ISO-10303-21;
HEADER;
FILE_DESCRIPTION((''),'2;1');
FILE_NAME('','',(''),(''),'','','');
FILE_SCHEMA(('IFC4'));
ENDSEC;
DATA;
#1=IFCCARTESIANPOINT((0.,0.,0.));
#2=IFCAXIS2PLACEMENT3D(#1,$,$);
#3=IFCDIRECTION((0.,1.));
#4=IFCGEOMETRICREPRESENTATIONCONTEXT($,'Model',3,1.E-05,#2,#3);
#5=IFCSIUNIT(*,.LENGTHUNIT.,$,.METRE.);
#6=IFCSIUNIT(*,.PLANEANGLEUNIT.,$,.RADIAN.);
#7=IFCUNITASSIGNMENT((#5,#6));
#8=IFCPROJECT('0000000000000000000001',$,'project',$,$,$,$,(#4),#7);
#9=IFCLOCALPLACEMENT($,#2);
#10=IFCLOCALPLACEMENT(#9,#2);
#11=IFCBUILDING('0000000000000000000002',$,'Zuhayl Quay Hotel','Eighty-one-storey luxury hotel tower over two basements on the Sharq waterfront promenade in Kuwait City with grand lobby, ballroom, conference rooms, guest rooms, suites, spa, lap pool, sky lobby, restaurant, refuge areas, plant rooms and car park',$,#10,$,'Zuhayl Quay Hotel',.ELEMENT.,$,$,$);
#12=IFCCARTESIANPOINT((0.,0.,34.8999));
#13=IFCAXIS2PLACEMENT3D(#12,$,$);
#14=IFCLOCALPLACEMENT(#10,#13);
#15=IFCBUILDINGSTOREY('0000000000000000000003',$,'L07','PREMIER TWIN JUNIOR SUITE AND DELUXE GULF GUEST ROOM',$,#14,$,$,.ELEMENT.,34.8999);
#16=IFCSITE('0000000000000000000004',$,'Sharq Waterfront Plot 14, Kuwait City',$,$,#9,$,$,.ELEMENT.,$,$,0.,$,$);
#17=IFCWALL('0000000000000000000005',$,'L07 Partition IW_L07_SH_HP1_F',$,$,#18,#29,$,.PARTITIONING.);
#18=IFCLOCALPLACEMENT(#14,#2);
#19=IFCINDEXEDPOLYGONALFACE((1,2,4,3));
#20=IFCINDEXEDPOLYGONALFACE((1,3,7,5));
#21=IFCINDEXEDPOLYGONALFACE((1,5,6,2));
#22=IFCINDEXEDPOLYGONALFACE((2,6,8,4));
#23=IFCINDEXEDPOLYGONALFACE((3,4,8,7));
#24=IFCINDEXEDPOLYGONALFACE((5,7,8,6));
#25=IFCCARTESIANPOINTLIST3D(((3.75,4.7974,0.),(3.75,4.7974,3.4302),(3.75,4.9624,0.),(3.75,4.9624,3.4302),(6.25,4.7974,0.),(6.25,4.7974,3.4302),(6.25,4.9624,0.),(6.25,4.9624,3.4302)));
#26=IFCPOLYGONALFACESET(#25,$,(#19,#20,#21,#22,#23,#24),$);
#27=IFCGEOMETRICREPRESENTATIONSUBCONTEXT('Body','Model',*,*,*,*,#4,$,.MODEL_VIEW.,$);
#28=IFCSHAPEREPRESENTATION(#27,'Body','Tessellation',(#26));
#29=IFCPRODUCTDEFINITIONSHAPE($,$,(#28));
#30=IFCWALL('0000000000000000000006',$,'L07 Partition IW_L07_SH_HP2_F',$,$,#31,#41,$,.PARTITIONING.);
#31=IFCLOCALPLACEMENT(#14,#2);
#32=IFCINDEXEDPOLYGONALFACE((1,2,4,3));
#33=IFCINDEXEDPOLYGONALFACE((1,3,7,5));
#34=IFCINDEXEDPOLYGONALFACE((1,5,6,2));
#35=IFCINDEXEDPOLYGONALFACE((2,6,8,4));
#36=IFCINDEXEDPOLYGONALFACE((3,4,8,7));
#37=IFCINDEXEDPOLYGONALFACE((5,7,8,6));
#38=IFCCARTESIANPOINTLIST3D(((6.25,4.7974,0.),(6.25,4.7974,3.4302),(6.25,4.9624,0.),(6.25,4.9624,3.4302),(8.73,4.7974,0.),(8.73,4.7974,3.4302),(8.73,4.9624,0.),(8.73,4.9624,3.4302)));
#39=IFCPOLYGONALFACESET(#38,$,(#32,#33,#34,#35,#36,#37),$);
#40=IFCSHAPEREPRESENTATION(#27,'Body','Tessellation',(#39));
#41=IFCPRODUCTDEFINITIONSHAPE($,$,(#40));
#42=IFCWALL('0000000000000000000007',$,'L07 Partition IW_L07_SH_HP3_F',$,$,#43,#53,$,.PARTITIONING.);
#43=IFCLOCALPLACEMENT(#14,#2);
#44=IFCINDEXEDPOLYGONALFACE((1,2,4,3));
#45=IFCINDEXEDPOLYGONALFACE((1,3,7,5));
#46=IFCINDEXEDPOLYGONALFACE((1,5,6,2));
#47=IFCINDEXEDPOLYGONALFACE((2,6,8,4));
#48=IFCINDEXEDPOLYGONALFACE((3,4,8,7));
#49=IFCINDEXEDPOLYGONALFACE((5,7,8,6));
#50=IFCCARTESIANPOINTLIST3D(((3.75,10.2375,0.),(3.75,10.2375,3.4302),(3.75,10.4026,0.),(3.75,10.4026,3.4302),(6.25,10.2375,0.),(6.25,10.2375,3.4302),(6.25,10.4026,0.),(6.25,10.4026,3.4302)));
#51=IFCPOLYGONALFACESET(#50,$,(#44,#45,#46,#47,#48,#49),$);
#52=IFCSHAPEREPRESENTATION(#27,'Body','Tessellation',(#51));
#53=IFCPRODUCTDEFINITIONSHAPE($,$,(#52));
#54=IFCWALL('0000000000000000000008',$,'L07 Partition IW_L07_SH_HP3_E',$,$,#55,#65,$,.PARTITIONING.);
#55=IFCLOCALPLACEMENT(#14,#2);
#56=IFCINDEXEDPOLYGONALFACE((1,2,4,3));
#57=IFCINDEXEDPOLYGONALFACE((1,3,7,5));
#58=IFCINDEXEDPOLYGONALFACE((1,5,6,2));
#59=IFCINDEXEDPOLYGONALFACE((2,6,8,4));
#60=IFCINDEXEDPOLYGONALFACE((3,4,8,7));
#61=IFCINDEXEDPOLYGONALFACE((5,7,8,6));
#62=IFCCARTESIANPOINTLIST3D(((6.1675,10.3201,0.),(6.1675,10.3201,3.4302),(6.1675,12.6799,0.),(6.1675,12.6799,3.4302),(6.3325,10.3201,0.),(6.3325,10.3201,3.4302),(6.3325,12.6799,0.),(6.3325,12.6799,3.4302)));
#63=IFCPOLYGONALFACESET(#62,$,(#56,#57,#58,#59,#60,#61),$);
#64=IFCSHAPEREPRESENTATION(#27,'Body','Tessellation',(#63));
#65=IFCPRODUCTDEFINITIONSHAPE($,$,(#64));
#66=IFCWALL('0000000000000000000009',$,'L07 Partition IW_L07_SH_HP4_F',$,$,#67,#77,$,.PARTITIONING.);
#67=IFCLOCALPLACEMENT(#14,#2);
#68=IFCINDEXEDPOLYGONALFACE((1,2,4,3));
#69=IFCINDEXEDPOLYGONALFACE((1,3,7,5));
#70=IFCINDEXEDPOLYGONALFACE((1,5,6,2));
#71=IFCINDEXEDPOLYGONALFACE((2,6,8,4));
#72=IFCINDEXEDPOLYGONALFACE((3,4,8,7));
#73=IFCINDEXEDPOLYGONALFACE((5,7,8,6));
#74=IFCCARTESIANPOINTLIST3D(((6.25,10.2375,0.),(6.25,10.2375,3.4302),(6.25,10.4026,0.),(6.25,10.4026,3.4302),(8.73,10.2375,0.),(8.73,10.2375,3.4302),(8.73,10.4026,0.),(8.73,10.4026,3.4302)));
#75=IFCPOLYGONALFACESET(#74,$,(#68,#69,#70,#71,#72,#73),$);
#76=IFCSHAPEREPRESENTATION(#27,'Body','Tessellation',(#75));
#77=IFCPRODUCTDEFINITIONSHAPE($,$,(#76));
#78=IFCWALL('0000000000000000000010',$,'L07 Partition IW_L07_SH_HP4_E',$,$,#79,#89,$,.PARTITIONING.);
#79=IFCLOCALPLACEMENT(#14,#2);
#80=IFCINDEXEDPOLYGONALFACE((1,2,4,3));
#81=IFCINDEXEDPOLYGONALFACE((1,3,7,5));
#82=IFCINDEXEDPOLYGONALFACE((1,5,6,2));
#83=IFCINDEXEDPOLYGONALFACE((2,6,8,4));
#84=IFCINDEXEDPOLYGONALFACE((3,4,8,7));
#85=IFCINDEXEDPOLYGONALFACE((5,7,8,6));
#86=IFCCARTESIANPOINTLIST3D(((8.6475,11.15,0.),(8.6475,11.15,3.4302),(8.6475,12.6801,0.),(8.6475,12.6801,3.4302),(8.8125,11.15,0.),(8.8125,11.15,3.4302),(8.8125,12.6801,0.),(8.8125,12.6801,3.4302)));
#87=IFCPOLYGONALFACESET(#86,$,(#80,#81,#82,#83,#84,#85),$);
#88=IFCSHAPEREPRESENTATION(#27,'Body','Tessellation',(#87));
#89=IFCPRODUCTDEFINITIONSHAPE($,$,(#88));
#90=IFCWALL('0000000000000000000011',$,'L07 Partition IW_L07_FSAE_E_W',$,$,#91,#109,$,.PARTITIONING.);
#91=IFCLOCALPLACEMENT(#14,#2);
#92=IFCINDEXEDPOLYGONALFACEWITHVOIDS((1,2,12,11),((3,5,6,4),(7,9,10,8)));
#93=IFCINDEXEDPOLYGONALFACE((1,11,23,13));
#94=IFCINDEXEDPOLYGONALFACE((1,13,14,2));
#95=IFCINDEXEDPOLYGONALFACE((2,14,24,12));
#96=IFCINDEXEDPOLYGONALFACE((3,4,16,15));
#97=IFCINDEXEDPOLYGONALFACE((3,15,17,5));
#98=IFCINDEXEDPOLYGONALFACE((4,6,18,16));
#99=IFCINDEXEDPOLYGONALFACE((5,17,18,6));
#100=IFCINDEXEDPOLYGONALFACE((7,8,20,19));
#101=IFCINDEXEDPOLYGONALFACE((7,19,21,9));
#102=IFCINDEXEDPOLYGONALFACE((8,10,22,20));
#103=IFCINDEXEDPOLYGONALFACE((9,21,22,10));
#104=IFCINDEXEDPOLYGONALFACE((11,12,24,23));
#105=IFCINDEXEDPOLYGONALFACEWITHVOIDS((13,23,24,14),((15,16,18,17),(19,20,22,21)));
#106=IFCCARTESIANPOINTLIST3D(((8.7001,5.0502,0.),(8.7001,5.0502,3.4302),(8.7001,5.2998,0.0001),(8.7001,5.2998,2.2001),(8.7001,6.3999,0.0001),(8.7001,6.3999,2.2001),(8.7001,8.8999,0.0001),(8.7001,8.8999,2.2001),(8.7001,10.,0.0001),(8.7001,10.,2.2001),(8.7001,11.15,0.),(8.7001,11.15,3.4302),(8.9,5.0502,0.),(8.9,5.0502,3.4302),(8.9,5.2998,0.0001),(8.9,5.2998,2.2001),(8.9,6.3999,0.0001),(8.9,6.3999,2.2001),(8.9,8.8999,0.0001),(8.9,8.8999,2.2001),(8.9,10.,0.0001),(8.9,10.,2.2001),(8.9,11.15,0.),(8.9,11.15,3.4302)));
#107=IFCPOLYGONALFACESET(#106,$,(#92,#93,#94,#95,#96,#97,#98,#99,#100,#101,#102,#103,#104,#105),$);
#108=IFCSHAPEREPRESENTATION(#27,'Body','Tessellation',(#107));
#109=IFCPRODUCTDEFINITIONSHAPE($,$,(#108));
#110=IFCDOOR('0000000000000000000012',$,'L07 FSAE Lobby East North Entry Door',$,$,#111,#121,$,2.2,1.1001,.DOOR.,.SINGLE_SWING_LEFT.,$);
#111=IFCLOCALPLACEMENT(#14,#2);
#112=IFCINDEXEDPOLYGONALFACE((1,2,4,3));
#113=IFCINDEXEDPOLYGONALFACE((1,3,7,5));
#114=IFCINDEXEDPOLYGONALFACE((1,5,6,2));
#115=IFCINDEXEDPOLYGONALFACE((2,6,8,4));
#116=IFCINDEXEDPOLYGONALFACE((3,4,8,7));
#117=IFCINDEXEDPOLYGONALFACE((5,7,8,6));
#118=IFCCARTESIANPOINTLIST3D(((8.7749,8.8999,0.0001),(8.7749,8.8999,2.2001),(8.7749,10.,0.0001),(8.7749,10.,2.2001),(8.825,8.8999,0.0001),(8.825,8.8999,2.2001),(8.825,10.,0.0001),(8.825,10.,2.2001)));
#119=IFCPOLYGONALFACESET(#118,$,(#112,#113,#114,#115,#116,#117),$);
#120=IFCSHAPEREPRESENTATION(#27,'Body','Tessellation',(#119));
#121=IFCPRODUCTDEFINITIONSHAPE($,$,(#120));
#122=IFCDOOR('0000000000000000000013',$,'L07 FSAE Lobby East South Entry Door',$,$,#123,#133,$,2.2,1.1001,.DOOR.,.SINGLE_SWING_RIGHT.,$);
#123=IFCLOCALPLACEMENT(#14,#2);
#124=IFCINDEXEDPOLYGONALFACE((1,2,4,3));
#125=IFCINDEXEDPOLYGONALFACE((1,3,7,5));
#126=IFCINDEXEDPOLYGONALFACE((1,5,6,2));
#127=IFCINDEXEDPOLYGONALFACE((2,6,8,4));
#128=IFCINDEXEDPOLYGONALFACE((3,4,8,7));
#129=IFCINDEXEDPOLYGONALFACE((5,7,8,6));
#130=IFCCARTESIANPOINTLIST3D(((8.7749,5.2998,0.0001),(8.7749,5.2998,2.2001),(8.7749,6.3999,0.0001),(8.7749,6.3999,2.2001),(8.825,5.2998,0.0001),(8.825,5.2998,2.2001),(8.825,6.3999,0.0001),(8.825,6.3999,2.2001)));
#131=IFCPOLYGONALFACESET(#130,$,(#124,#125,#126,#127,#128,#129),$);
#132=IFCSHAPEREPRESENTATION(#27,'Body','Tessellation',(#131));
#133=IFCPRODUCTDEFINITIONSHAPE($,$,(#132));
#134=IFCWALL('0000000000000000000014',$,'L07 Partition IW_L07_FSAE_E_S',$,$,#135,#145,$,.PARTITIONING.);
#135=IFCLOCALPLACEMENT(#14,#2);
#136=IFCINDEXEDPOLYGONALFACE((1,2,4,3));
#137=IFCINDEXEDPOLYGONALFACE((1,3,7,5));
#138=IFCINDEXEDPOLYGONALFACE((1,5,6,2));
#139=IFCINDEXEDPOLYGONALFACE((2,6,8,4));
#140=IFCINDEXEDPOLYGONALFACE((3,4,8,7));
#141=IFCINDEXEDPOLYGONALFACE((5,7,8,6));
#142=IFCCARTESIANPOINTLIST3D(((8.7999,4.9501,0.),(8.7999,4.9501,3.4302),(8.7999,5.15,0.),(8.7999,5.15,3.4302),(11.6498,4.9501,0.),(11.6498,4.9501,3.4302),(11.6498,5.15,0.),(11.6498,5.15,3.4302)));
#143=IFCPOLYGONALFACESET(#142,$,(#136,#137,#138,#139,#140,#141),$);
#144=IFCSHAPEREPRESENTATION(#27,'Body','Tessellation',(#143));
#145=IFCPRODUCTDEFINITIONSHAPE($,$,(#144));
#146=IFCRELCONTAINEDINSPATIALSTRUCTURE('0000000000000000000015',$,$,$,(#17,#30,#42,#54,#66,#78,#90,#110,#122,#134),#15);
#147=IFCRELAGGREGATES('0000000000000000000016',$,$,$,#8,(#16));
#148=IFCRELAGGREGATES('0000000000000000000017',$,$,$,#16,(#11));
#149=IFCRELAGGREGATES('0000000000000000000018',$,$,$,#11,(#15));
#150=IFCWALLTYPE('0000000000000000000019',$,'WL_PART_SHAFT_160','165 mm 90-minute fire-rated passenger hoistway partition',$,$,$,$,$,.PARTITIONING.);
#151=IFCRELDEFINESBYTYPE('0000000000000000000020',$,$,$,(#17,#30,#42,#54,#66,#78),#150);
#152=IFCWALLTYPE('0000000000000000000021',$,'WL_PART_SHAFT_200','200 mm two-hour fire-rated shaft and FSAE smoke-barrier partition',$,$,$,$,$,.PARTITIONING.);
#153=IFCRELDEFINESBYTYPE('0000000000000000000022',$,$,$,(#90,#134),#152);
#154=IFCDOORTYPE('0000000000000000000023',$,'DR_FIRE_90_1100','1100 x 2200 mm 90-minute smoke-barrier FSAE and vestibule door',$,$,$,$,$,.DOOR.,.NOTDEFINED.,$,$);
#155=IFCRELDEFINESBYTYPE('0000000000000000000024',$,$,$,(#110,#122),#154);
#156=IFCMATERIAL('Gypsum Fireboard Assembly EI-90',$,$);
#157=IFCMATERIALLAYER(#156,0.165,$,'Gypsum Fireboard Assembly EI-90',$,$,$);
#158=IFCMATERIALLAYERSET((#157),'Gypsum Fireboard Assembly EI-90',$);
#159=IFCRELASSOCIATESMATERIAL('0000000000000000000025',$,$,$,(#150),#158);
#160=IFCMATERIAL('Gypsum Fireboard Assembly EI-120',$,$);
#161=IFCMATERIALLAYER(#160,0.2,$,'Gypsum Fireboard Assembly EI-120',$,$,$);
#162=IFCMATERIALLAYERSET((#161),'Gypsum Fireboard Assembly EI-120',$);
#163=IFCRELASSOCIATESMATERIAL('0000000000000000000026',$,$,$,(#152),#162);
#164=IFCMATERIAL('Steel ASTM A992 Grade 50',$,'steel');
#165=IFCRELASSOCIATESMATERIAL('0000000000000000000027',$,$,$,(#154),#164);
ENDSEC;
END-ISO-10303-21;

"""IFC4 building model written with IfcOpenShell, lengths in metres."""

from ifc_helpers import new_model, si_unit, direction, frame, frame_2d, origin, place, context, subcontext, project, spatial, rectangle, extrude, material, layer, layer_set, type_object, element, fill, save


model = new_model("IFC4")

# Units and contexts
model_context = context("Model", 3, precision=1e-05, world=origin(), true_north=direction((0.0, 1.0)))
body_context = subcontext(model_context, "Body", "Model", "MODEL_VIEW")
ifc_project = project(units=[si_unit("LENGTHUNIT", "METRE"), si_unit("PLANEANGLEUNIT", "RADIAN")], contexts=[model_context])

# Site, building, storey
site_placement = place(None, origin())
site = spatial("IfcSite", under=ifc_project, at=site_placement, Name="Sharq Waterfront Plot 14, Kuwait City", CompositionType="ELEMENT", RefElevation=0.0)
building_placement = place(site_placement, origin())
building = spatial("IfcBuilding", under=site, at=building_placement, Name="Zuhayl Quay Hotel", Description="Eighty-one-storey luxury hotel tower over two basements on the Sharq waterfront promenade in Kuwait City with grand lobby, ballroom, conference rooms, guest rooms, suites, spa, lap pool, sky lobby, restaurant, refuge areas, plant rooms and car park", LongName="Zuhayl Quay Hotel", CompositionType="ELEMENT")
storey_placement = place(building_placement, frame((0.0, 0.0, 34.8999)))
storey = spatial("IfcBuildingStorey", under=building, at=storey_placement, Name="L07", Description="PREMIER TWIN JUNIOR SUITE AND DELUXE GULF GUEST ROOM", CompositionType="ELEMENT", Elevation=34.8999)

# Shared definitions
ifc_material_1 = material(Name="Steel ASTM A992 Grade 50", Category="steel")

# Shared definitions
ifc_material_2 = material(Name="Gypsum Fireboard Assembly EI-90")
ifc_layer_1 = layer(ifc_material_2, 0.165, Name="Gypsum Fireboard Assembly EI-90")
ifc_layer_set_1 = layer_set([ifc_layer_1], Name="Gypsum Fireboard Assembly EI-90")
wall_type_1 = type_object("IfcWallType", Name="WL_PART_SHAFT_160", Description="165 mm 90-minute fire-rated passenger hoistway partition", PredefinedType="PARTITIONING", material=ifc_layer_set_1)

# Walls
wall_1_placement = place(storey_placement, frame((3.75, 4.8799, 0.0), z_axis=(0.0, 0.0, 1.0), x_axis=(1.0, 0.0, 0.0)))
element("IfcWall", 1, at=wall_1_placement, inside=storey, type_object=wall_type_1, Name="L07 Partition IW_L07_SH_HP1_F", PredefinedType="PARTITIONING", context=body_context, shape_type="SweptSolid", body=[
    extrude(rectangle(XDim=2.5, YDim=0.165, at=frame_2d((1.25, 0.0))), origin(), (0.0, 0.0, 1.0), 3.4302),
])
wall_2_placement = place(storey_placement, frame((6.25, 4.8799, 0.0), z_axis=(0.0, 0.0, 1.0), x_axis=(1.0, 0.0, 0.0)))
element("IfcWall", 2, at=wall_2_placement, inside=storey, type_object=wall_type_1, Name="L07 Partition IW_L07_SH_HP2_F", PredefinedType="PARTITIONING", context=body_context, shape_type="SweptSolid", body=[
    extrude(rectangle(XDim=2.48, YDim=0.165, at=frame_2d((1.24, 0.0))), origin(), (0.0, 0.0, 1.0), 3.4302),
])
wall_3_placement = place(storey_placement, frame((3.75, 10.3201, 0.0), z_axis=(0.0, 0.0, 1.0), x_axis=(1.0, 0.0, 0.0)))
element("IfcWall", 3, at=wall_3_placement, inside=storey, type_object=wall_type_1, Name="L07 Partition IW_L07_SH_HP3_F", PredefinedType="PARTITIONING", context=body_context, shape_type="SweptSolid", body=[
    extrude(rectangle(XDim=2.5, YDim=0.165, at=frame_2d((1.25, 0.0))), origin(), (0.0, 0.0, 1.0), 3.4302),
])
wall_4_placement = place(storey_placement, frame((6.25, 10.3201, 0.0), z_axis=(0.0, 0.0, 1.0), x_axis=(0.0, 1.0, 0.0)))
element("IfcWall", 4, at=wall_4_placement, inside=storey, type_object=wall_type_1, Name="L07 Partition IW_L07_SH_HP3_E", PredefinedType="PARTITIONING", context=body_context, shape_type="SweptSolid", body=[
    extrude(rectangle(XDim=2.3599, YDim=0.165, at=frame_2d((1.1799, 0.0))), origin(), (0.0, 0.0, 1.0), 3.4302),
])
wall_5_placement = place(storey_placement, frame((6.25, 10.3201, 0.0), z_axis=(0.0, 0.0, 1.0), x_axis=(1.0, 0.0, 0.0)))
element("IfcWall", 5, at=wall_5_placement, inside=storey, type_object=wall_type_1, Name="L07 Partition IW_L07_SH_HP4_F", PredefinedType="PARTITIONING", context=body_context, shape_type="SweptSolid", body=[
    extrude(rectangle(XDim=2.48, YDim=0.165, at=frame_2d((1.24, 0.0))), origin(), (0.0, 0.0, 1.0), 3.4302),
])
wall_6_placement = place(storey_placement, frame((8.73, 11.1499, 0.0), z_axis=(0.0, 0.0, 1.0), x_axis=(0.0, 1.0, 0.0)))
element("IfcWall", 6, at=wall_6_placement, inside=storey, type_object=wall_type_1, Name="L07 Partition IW_L07_SH_HP4_E", PredefinedType="PARTITIONING", context=body_context, shape_type="SweptSolid", body=[
    extrude(rectangle(XDim=1.53, YDim=0.165, at=frame_2d((0.7651, 0.0))), origin(), (0.0, 0.0, 1.0), 3.4302),
])

# Wall, openings, doors
ifc_material_3 = material(Name="Gypsum Fireboard Assembly EI-120")
ifc_layer_2 = layer(ifc_material_3, 0.2, Name="Gypsum Fireboard Assembly EI-120")
ifc_layer_set_2 = layer_set([ifc_layer_2], Name="Gypsum Fireboard Assembly EI-120")
wall_type_2 = type_object("IfcWallType", Name="WL_PART_SHAFT_200", Description="200 mm two-hour fire-rated shaft and FSAE smoke-barrier partition", PredefinedType="PARTITIONING", material=ifc_layer_set_2)
wall_7_placement = place(storey_placement, frame((8.8, 11.1499, 0.0), z_axis=(0.0, 0.0, 1.0), x_axis=(0.0, -1.0, 0.0)))
wall_7 = element("IfcWall", 7, at=wall_7_placement, inside=storey, type_object=wall_type_2, Name="L07 Partition IW_L07_FSAE_E_W", PredefinedType="PARTITIONING", context=body_context, shape_type="SweptSolid", body=[
    extrude(rectangle(XDim=6.0999, YDim=0.2, at=frame_2d((3.0498, 0.0))), origin(), (0.0, 0.0, 1.0), 3.4302),
])
opening_1_placement = place(wall_7_placement, frame((1.1499, 0.0, 0.0)))
opening_1 = element("IfcOpeningElement", 8, at=opening_1_placement, cuts=wall_7, PredefinedType="OPENING", context=body_context, shape_type="SweptSolid", body=[
    extrude(rectangle(XDim=1.1001, YDim=2.2, at=frame_2d((0.55, 1.1001))), frame((0.0, 0.1099, 0.0), z_axis=(0.0, -1.0, 0.0), x_axis=(1.0, 0.0, 0.0)), (0.0, 0.0, 1.0), 0.22),
])
opening_2_placement = place(wall_7_placement, frame((4.75, 0.0, 0.0)))
opening_2 = element("IfcOpeningElement", 9, at=opening_2_placement, cuts=wall_7, PredefinedType="OPENING", context=body_context, shape_type="SweptSolid", body=[
    extrude(rectangle(XDim=1.1001, YDim=2.2, at=frame_2d((0.55, 1.1001))), frame((0.0, 0.1099, 0.0), z_axis=(0.0, -1.0, 0.0), x_axis=(1.0, 0.0, 0.0)), (0.0, 0.0, 1.0), 0.22),
])
door_type_1 = type_object("IfcDoorType", Name="DR_FIRE_90_1100", Description="1100 x 2200 mm 90-minute smoke-barrier FSAE and vestibule door", OperationType="NOTDEFINED", PredefinedType="DOOR", material=ifc_material_1)
door_1_placement = place(opening_1_placement, origin())
door_1 = element("IfcDoor", 10, at=door_1_placement, inside=storey, type_object=door_type_1, Name="L07 FSAE Lobby East North Entry Door", OperationType="SINGLE_SWING_LEFT", OverallHeight=2.2, OverallWidth=1.1001, PredefinedType="DOOR", context=body_context, shape_type="SweptSolid", body=[
    extrude(rectangle(XDim=1.1001, YDim=2.2, at=frame_2d((0.55, 1.1001))), frame((0.0, 0.0249, 0.0), z_axis=(0.0, -1.0, 0.0), x_axis=(1.0, 0.0, 0.0)), (0.0, 0.0, 1.0), 0.05),
])
fill(opening_1, door_1)
door_2_placement = place(opening_2_placement, origin())
door_2 = element("IfcDoor", 11, at=door_2_placement, inside=storey, type_object=door_type_1, Name="L07 FSAE Lobby East South Entry Door", OperationType="SINGLE_SWING_RIGHT", OverallHeight=2.2, OverallWidth=1.1001, PredefinedType="DOOR", context=body_context, shape_type="SweptSolid", body=[
    extrude(rectangle(XDim=1.1001, YDim=2.2, at=frame_2d((0.55, 1.1001))), frame((0.0, 0.0249, 0.0), z_axis=(0.0, -1.0, 0.0), x_axis=(1.0, 0.0, 0.0)), (0.0, 0.0, 1.0), 0.05),
])
fill(opening_2, door_2)

# Wall
wall_8_placement = place(storey_placement, frame((8.8, 5.05, 0.0), z_axis=(0.0, 0.0, 1.0), x_axis=(1.0, 0.0, 0.0)))
element("IfcWall", 12, at=wall_8_placement, inside=storey, type_object=wall_type_2, Name="L07 Partition IW_L07_FSAE_E_S", PredefinedType="PARTITIONING", context=body_context, shape_type="SweptSolid", body=[
    extrude(rectangle(XDim=2.8499, YDim=0.2, at=frame_2d((1.4248, 0.0))), origin(), (0.0, 0.0, 1.0), 3.4302),
])

save(model, "model.ifc")
